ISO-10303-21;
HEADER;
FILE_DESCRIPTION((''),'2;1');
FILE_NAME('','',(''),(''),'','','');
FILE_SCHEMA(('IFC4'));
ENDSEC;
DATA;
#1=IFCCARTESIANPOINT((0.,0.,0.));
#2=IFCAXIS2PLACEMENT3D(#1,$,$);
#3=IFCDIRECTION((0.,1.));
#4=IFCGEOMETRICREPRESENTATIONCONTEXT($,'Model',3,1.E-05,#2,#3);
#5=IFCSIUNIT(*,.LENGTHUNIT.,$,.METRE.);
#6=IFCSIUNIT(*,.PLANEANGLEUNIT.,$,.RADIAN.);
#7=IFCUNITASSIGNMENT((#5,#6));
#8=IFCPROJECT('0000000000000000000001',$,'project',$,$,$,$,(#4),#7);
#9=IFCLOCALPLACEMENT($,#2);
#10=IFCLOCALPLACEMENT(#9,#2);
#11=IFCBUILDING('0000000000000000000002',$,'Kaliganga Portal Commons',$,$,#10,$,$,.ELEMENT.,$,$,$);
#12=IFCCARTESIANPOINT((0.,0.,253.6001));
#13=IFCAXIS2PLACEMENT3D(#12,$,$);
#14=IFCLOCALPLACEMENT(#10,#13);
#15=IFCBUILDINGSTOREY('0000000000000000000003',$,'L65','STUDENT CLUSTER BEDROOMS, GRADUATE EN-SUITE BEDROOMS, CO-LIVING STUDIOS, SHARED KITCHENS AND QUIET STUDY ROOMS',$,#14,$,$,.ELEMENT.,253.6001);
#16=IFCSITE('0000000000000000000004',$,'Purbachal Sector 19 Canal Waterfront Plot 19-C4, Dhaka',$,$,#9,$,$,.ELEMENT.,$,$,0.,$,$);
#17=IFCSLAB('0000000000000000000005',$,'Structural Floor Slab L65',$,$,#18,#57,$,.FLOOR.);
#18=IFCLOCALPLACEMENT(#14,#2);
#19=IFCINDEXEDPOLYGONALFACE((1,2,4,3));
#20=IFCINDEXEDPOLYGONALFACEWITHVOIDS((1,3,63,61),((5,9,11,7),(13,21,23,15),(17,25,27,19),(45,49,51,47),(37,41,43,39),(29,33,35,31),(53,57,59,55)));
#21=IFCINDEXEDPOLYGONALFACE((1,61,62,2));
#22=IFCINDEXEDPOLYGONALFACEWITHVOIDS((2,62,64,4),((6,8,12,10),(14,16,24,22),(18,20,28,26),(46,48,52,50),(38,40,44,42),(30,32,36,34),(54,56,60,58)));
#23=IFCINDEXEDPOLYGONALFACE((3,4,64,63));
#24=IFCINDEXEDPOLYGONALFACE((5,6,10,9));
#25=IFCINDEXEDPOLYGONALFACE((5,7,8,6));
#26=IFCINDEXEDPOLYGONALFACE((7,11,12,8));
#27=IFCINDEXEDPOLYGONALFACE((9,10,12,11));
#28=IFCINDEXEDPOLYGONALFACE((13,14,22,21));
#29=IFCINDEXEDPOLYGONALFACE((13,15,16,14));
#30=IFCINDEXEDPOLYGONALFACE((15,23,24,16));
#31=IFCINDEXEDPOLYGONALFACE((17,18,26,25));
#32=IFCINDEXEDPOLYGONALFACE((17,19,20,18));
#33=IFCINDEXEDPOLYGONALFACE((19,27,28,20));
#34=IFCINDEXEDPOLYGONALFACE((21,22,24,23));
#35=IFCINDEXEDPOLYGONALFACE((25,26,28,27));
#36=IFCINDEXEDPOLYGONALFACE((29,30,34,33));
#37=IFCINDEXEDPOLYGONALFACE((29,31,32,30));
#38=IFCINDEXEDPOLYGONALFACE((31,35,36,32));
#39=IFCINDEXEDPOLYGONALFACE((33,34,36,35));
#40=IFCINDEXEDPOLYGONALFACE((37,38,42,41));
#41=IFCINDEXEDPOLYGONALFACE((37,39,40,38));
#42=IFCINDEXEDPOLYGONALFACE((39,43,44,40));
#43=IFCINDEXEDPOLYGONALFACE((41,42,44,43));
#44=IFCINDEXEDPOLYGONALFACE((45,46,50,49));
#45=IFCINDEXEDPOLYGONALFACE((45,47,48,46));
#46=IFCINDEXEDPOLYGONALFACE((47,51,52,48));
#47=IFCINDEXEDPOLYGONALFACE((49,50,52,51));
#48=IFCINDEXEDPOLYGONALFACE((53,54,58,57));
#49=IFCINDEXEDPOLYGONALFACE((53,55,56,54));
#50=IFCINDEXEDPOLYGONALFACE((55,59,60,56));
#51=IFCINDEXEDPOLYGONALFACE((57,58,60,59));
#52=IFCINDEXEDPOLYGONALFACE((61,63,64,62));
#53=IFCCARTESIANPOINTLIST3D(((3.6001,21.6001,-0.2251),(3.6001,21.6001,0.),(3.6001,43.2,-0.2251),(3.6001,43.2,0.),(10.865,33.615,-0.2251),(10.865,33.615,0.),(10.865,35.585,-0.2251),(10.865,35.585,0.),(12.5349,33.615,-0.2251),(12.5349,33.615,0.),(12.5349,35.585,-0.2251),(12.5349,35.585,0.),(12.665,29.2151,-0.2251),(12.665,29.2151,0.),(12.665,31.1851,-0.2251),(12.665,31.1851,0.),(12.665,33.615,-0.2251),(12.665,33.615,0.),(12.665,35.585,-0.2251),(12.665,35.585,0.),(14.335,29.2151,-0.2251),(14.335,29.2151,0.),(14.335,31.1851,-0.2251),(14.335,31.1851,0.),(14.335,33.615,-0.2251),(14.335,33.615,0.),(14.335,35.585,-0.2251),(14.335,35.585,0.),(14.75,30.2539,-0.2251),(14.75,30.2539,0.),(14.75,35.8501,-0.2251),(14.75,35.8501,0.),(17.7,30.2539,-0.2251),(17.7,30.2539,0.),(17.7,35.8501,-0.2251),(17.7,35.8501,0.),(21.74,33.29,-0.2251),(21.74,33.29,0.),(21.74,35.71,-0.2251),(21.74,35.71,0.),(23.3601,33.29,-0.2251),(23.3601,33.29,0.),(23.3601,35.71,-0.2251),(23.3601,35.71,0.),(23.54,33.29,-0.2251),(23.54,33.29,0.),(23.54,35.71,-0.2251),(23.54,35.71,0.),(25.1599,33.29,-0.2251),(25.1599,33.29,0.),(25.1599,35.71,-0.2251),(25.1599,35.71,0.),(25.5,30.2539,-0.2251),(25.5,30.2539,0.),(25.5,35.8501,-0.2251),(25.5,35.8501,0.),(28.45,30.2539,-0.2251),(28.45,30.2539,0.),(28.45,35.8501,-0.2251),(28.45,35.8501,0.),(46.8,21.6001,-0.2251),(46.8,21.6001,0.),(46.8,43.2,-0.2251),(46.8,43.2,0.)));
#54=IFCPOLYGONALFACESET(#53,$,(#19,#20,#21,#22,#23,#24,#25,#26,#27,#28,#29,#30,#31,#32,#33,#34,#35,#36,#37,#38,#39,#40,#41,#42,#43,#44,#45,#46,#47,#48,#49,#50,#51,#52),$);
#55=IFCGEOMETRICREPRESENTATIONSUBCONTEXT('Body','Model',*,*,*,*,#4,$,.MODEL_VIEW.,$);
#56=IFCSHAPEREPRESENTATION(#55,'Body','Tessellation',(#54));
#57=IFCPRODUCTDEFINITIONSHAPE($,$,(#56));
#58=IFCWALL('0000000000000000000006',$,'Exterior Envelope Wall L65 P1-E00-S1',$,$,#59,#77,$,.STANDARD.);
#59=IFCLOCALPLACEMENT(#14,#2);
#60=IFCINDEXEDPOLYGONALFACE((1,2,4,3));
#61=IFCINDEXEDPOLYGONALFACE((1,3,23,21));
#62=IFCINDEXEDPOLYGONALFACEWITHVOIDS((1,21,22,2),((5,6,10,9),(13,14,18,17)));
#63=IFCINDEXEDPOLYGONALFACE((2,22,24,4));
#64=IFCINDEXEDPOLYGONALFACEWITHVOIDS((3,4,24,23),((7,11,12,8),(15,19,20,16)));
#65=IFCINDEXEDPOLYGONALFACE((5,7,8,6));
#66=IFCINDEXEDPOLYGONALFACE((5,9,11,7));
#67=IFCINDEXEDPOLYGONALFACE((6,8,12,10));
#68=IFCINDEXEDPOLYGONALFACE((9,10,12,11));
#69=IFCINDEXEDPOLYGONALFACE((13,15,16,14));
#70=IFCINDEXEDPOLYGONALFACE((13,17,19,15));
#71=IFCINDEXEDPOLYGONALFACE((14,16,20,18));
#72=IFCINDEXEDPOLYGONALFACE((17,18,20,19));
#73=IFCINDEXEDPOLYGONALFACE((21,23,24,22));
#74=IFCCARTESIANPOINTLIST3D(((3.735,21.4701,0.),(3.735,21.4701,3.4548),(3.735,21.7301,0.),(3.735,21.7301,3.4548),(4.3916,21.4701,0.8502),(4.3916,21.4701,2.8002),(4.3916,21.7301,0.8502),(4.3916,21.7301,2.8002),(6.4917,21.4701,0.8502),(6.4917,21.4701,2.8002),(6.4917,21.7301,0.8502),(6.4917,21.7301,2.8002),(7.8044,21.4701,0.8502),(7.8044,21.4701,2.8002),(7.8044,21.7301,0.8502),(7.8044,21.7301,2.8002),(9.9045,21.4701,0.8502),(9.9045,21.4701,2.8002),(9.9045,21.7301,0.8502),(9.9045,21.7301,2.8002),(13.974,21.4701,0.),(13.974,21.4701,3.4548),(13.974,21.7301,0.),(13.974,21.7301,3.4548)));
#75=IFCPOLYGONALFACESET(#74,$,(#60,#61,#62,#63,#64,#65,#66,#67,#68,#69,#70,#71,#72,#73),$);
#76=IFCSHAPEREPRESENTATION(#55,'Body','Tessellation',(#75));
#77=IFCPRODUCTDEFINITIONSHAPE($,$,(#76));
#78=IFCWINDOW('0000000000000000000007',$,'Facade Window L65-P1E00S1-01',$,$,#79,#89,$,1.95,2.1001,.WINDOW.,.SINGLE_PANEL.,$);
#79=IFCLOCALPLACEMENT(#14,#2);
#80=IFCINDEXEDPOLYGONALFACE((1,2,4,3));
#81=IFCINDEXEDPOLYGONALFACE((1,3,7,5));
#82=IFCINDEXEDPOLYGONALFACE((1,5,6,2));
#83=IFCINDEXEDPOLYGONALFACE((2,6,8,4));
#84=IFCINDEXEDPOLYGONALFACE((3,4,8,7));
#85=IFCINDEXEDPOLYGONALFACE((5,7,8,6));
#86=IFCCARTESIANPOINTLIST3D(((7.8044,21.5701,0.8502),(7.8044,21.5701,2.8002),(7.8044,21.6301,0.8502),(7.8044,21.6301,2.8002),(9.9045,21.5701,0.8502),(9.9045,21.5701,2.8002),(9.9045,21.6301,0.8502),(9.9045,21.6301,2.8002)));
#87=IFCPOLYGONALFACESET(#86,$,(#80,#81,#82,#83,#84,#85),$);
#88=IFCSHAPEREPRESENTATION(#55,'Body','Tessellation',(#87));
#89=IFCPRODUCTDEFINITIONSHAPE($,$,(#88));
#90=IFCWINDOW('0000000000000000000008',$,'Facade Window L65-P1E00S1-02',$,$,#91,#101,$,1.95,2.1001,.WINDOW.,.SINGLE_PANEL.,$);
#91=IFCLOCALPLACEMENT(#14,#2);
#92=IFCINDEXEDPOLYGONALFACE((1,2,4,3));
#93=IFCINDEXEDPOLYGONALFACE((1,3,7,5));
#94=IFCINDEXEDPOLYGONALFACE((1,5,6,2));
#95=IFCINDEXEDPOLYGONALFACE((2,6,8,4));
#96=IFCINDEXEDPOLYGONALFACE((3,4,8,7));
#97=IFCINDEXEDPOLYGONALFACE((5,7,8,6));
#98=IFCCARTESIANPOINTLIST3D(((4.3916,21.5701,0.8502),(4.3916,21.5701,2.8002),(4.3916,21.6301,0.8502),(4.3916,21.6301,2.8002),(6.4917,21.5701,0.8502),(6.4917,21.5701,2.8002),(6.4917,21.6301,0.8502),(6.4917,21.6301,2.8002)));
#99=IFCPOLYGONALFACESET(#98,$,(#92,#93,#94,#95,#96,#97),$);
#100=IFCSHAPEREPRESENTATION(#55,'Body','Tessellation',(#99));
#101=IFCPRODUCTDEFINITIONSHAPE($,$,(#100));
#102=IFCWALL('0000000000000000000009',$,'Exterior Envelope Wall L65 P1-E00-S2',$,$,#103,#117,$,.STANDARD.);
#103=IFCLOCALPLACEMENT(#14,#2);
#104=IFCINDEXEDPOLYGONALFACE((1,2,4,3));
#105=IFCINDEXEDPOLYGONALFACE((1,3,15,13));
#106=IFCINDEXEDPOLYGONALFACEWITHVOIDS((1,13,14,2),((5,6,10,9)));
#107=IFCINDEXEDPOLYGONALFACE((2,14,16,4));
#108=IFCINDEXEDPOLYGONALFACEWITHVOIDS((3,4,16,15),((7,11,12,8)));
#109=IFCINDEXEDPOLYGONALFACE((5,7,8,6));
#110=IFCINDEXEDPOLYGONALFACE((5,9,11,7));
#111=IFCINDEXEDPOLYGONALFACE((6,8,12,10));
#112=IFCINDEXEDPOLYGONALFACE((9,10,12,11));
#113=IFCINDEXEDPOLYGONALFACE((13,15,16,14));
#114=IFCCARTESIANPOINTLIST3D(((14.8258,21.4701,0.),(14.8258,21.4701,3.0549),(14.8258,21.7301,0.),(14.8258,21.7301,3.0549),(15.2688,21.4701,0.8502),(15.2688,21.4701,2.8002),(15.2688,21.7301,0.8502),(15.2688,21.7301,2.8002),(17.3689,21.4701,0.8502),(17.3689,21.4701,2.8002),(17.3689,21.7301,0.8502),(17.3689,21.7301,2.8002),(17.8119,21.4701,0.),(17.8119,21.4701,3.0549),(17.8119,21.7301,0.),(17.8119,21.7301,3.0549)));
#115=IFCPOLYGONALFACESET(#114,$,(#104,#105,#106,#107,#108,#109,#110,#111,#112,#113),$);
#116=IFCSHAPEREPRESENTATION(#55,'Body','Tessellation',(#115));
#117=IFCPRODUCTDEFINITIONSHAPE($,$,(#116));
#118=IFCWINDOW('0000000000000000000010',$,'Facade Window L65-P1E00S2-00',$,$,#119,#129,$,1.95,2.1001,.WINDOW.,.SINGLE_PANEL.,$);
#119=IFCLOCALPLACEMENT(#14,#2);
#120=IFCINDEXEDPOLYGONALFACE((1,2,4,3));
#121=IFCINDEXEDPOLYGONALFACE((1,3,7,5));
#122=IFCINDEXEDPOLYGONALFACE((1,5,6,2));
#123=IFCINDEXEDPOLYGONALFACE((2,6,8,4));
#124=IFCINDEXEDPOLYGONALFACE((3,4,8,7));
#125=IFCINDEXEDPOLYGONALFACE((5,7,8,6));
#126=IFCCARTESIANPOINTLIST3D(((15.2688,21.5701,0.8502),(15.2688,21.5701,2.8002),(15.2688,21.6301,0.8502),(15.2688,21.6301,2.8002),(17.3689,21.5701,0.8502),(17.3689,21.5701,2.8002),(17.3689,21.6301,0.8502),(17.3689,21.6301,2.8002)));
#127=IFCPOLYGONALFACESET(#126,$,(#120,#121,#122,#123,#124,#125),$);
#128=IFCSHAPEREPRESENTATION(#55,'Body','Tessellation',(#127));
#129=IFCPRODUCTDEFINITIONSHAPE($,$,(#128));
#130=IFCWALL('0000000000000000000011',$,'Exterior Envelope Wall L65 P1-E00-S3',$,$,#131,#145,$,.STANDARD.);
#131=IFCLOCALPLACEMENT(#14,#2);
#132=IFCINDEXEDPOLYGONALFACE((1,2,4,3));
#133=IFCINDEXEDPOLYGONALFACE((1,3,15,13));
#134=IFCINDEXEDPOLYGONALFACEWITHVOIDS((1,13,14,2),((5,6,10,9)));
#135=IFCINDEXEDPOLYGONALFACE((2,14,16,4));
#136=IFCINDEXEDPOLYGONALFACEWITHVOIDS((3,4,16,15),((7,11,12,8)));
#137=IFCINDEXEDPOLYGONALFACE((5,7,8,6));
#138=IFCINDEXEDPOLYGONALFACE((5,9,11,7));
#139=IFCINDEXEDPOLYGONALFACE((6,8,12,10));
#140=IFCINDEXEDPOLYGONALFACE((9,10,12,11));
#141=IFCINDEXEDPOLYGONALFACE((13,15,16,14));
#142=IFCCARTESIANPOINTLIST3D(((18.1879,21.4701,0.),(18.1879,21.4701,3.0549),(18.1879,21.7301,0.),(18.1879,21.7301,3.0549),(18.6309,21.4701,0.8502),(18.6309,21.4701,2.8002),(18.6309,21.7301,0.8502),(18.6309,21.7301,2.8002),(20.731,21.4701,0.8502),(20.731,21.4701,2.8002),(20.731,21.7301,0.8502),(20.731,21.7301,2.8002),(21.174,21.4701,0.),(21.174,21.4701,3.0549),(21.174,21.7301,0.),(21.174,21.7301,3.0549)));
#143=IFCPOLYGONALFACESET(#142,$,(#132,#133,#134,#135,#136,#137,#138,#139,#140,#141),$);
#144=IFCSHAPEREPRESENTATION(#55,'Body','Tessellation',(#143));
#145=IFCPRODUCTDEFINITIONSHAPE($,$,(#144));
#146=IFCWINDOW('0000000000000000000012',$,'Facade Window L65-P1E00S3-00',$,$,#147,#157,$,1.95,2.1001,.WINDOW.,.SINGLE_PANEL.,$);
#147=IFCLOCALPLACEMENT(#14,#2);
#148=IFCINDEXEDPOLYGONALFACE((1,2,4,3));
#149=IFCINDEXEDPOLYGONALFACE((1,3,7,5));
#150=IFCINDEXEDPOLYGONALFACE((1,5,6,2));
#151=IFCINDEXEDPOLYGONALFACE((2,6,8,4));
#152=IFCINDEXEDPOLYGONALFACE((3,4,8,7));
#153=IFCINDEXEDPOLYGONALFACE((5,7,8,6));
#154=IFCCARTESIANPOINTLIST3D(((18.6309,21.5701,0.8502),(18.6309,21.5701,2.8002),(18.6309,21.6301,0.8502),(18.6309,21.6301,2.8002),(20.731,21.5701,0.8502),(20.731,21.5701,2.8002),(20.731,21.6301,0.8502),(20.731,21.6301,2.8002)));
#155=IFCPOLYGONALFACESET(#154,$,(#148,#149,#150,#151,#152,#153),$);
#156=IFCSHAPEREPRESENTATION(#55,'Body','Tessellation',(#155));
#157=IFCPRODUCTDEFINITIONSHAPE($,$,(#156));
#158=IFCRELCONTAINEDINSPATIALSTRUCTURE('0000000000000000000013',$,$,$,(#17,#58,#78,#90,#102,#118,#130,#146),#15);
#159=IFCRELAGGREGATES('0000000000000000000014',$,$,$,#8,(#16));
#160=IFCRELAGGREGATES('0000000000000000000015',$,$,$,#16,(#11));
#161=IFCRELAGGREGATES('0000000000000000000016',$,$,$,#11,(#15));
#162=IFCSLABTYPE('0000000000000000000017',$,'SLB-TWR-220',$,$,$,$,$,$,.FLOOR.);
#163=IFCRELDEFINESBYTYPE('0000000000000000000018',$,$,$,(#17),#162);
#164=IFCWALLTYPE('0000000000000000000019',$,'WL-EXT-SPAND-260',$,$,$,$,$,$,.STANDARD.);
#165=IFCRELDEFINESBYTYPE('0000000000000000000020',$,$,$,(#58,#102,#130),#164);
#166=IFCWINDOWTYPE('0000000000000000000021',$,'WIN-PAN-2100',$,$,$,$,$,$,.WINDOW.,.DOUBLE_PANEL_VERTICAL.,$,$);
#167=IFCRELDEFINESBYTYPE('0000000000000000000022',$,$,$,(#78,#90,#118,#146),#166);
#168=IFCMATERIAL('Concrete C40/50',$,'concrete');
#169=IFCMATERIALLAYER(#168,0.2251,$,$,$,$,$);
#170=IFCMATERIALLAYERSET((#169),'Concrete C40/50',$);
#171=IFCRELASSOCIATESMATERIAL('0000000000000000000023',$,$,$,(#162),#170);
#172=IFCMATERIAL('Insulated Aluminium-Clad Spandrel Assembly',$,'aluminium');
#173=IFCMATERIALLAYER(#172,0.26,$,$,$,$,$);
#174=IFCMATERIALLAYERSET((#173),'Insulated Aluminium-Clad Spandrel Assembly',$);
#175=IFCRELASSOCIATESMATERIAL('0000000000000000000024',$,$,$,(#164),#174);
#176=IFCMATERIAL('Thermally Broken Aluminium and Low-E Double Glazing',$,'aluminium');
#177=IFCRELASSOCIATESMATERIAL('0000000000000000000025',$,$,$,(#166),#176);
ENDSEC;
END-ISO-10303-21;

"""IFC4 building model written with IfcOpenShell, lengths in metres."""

from ifc_helpers import new_model, si_unit, direction, frame, frame_2d, origin, place, context, subcontext, project, spatial, polyline, rectangle, outline, extrude, material, layer, layer_set, type_object, element, fill, save


model = new_model("IFC4")

# Units and contexts
model_context = context("Model", 3, precision=1e-05, world=origin(), true_north=direction((0.0, 1.0)))
body_context = subcontext(model_context, "Body", "Model", "MODEL_VIEW")
ifc_project = project(units=[si_unit("LENGTHUNIT", "METRE"), si_unit("PLANEANGLEUNIT", "RADIAN")], contexts=[model_context])

# Site, building, storey
site_placement = place(None, origin())
site = spatial("IfcSite", under=ifc_project, at=site_placement, Name="Purbachal Sector 19 Canal Waterfront Plot 19-C4, Dhaka", CompositionType="ELEMENT", RefElevation=0.0)
building_placement = place(site_placement, origin())
building = spatial("IfcBuilding", under=site, at=building_placement, Name="Kaliganga Portal Commons", CompositionType="ELEMENT")
storey_placement = place(building_placement, frame((0.0, 0.0, 253.6001)))
storey = spatial("IfcBuildingStorey", under=building, at=storey_placement, Name="L65", Description="STUDENT CLUSTER BEDROOMS, GRADUATE EN-SUITE BEDROOMS, CO-LIVING STUDIOS, SHARED KITCHENS AND QUIET STUDY ROOMS", CompositionType="ELEMENT", Elevation=253.6001)

# Shared definitions
ifc_material_1 = material(Name="Concrete C40/50", Category="concrete")

# Slab
ifc_layer_1 = layer(ifc_material_1, 0.2251)
ifc_layer_set_1 = layer_set([ifc_layer_1], Name="Concrete C40/50")
slab_type_1 = type_object("IfcSlabType", Name="SLB-TWR-220", PredefinedType="FLOOR", material=ifc_layer_set_1)
slab_1_placement = place(storey_placement, frame((0.0, 0.0, -0.2251)))
element("IfcSlab", 1, at=slab_1_placement, inside=storey, type_object=slab_type_1, Name="Structural Floor Slab L65", PredefinedType="FLOOR", context=body_context, shape_type="SweptSolid", body=[
    extrude(outline(polyline([(3.6001, 21.6001), (46.8, 21.6001), (46.8, 43.2), (3.6001, 43.2), (3.6001, 21.6001)]), holes=[polyline([(14.75, 30.2539), (14.75, 35.8501), (17.7, 35.8501), (17.7, 30.2539), (14.75, 30.2539)]), polyline([(25.5, 30.2539), (25.5, 35.8501), (28.45, 35.8501), (28.45, 30.2539), (25.5, 30.2539)]), polyline([(12.665, 33.615), (12.665, 35.585), (14.335, 35.585), (14.335, 33.615), (12.665, 33.615)]), polyline([(12.665, 29.2151), (12.665, 31.1851), (14.335, 31.1851), (14.335, 29.2151), (12.665, 29.2151)]), polyline([(10.865, 33.615), (10.865, 35.585), (12.5349, 35.585), (12.5349, 33.615), (10.865, 33.615)]), polyline([(21.74, 33.29), (21.74, 35.71), (23.3601, 35.71), (23.3601, 33.29), (21.74, 33.29)]), polyline([(23.54, 33.29), (23.54, 35.71), (25.1599, 35.71), (25.1599, 33.29), (23.54, 33.29)])]), origin(), (0.0, 0.0, 1.0), 0.2251),
])

# Wall, openings, windows
ifc_material_2 = material(Name="Insulated Aluminium-Clad Spandrel Assembly", Category="aluminium")
ifc_layer_2 = layer(ifc_material_2, 0.26)
ifc_layer_set_2 = layer_set([ifc_layer_2], Name="Insulated Aluminium-Clad Spandrel Assembly")
wall_type = type_object("IfcWallType", Name="WL-EXT-SPAND-260", PredefinedType="STANDARD", material=ifc_layer_set_2)
wall_1_placement = place(storey_placement, frame((13.9741, 21.6001, 0.0), z_axis=(0.0, 0.0, 1.0), x_axis=(-1.0, 0.0, 0.0)))
wall_1 = element("IfcWall", 2, at=wall_1_placement, inside=storey, type_object=wall_type, Name="Exterior Envelope Wall L65 P1-E00-S1", PredefinedType="STANDARD", context=body_context, shape_type="SweptSolid", body=[
    extrude(rectangle(XDim=10.239, YDim=0.26, at=frame_2d((5.1196, 0.0))), origin(), (0.0, 0.0, 1.0), 3.4548),
])
opening_1_placement = place(wall_1_placement, frame((4.0696, 0.0, 0.8501)))
opening_1 = element("IfcOpeningElement", 3, at=opening_1_placement, cuts=wall_1, PredefinedType="OPENING", context=body_context, shape_type="SweptSolid", body=[
    extrude(rectangle(XDim=2.1001, YDim=1.95, at=frame_2d((1.05, 0.9751))), frame((0.0, 0.1401, 0.0), z_axis=(0.0, -1.0, 0.0), x_axis=(1.0, 0.0, 0.0)), (0.0, 0.0, 1.0), 0.28),
])
opening_2_placement = place(wall_1_placement, frame((7.4824, 0.0, 0.8501)))
opening_2 = element("IfcOpeningElement", 4, at=opening_2_placement, cuts=wall_1, PredefinedType="OPENING", context=body_context, shape_type="SweptSolid", body=[
    extrude(rectangle(XDim=2.1001, YDim=1.95, at=frame_2d((1.05, 0.9751))), frame((0.0, 0.1401, 0.0), z_axis=(0.0, -1.0, 0.0), x_axis=(1.0, 0.0, 0.0)), (0.0, 0.0, 1.0), 0.28),
])
ifc_material_3 = material(Name="Thermally Broken Aluminium and Low-E Double Glazing", Category="aluminium")
window_type_1 = type_object("IfcWindowType", Name="WIN-PAN-2100", PartitioningType="DOUBLE_PANEL_VERTICAL", PredefinedType="WINDOW", material=ifc_material_3)
window_1_placement = place(opening_1_placement, origin())
window_1 = element("IfcWindow", 5, at=window_1_placement, inside=storey, type_object=window_type_1, Name="Facade Window L65-P1E00S1-01", OverallHeight=1.95, OverallWidth=2.1001, PartitioningType="SINGLE_PANEL", PredefinedType="WINDOW", context=body_context, shape_type="SweptSolid", body=[
    extrude(rectangle(XDim=2.1001, YDim=1.95, at=frame_2d((1.05, 0.9751))), frame((0.0, 0.03, 0.0), z_axis=(0.0, -1.0, 0.0), x_axis=(1.0, 0.0, 0.0)), (0.0, 0.0, 1.0), 0.0601),
])
fill(opening_1, window_1)
window_2_placement = place(opening_2_placement, origin())
window_2 = element("IfcWindow", 6, at=window_2_placement, inside=storey, type_object=window_type_1, Name="Facade Window L65-P1E00S1-02", OverallHeight=1.95, OverallWidth=2.1001, PartitioningType="SINGLE_PANEL", PredefinedType="WINDOW", context=body_context, shape_type="SweptSolid", body=[
    extrude(rectangle(XDim=2.1001, YDim=1.95, at=frame_2d((1.05, 0.9751))), frame((0.0, 0.03, 0.0), z_axis=(0.0, -1.0, 0.0), x_axis=(1.0, 0.0, 0.0)), (0.0, 0.0, 1.0), 0.0601),
])
fill(opening_2, window_2)

# Walls, openings, windows
wall_2_placement = place(storey_placement, frame((17.812, 21.6001, 0.0), z_axis=(0.0, 0.0, 1.0), x_axis=(-1.0, 0.0, 0.0)))
wall_2 = element("IfcWall", 7, at=wall_2_placement, inside=storey, type_object=wall_type, Name="Exterior Envelope Wall L65 P1-E00-S2", PredefinedType="STANDARD", context=body_context, shape_type="SweptSolid", body=[
    extrude(rectangle(XDim=2.9861, YDim=0.26, at=frame_2d((1.4932, 0.0))), origin(), (0.0, 0.0, 1.0), 3.0549),
])
opening_3_placement = place(wall_2_placement, frame((0.4431, 0.0, 0.8501)))
opening_3 = element("IfcOpeningElement", 8, at=opening_3_placement, cuts=wall_2, PredefinedType="OPENING", context=body_context, shape_type="SweptSolid", body=[
    extrude(rectangle(XDim=2.1001, YDim=1.95, at=frame_2d((1.05, 0.9751))), frame((0.0, 0.1401, 0.0), z_axis=(0.0, -1.0, 0.0), x_axis=(1.0, 0.0, 0.0)), (0.0, 0.0, 1.0), 0.28),
])
window_3_placement = place(opening_3_placement, origin())
window_3 = element("IfcWindow", 9, at=window_3_placement, inside=storey, type_object=window_type_1, Name="Facade Window L65-P1E00S2-00", OverallHeight=1.95, OverallWidth=2.1001, PartitioningType="SINGLE_PANEL", PredefinedType="WINDOW", context=body_context, shape_type="SweptSolid", body=[
    extrude(rectangle(XDim=2.1001, YDim=1.95, at=frame_2d((1.05, 0.9751))), frame((0.0, 0.03, 0.0), z_axis=(0.0, -1.0, 0.0), x_axis=(1.0, 0.0, 0.0)), (0.0, 0.0, 1.0), 0.0601),
])
fill(opening_3, window_3)
wall_3_placement = place(storey_placement, frame((21.1741, 21.6001, 0.0), z_axis=(0.0, 0.0, 1.0), x_axis=(-1.0, 0.0, 0.0)))
wall_3 = element("IfcWall", 10, at=wall_3_placement, inside=storey, type_object=wall_type, Name="Exterior Envelope Wall L65 P1-E00-S3", PredefinedType="STANDARD", context=body_context, shape_type="SweptSolid", body=[
    extrude(rectangle(XDim=2.9861, YDim=0.26, at=frame_2d((1.4932, 0.0))), origin(), (0.0, 0.0, 1.0), 3.0549),
])
opening_4_placement = place(wall_3_placement, frame((0.4431, 0.0, 0.8501)))
opening_4 = element("IfcOpeningElement", 11, at=opening_4_placement, cuts=wall_3, PredefinedType="OPENING", context=body_context, shape_type="SweptSolid", body=[
    extrude(rectangle(XDim=2.1001, YDim=1.95, at=frame_2d((1.05, 0.9751))), frame((0.0, 0.1401, 0.0), z_axis=(0.0, -1.0, 0.0), x_axis=(1.0, 0.0, 0.0)), (0.0, 0.0, 1.0), 0.28),
])
window_4_placement = place(opening_4_placement, origin())
window_4 = element("IfcWindow", 12, at=window_4_placement, inside=storey, type_object=window_type_1, Name="Facade Window L65-P1E00S3-00", OverallHeight=1.95, OverallWidth=2.1001, PartitioningType="SINGLE_PANEL", PredefinedType="WINDOW", context=body_context, shape_type="SweptSolid", body=[
    extrude(rectangle(XDim=2.1001, YDim=1.95, at=frame_2d((1.05, 0.9751))), frame((0.0, 0.03, 0.0), z_axis=(0.0, -1.0, 0.0), x_axis=(1.0, 0.0, 0.0)), (0.0, 0.0, 1.0), 0.0601),
])
fill(opening_4, window_4)

save(model, "model.ifc")
